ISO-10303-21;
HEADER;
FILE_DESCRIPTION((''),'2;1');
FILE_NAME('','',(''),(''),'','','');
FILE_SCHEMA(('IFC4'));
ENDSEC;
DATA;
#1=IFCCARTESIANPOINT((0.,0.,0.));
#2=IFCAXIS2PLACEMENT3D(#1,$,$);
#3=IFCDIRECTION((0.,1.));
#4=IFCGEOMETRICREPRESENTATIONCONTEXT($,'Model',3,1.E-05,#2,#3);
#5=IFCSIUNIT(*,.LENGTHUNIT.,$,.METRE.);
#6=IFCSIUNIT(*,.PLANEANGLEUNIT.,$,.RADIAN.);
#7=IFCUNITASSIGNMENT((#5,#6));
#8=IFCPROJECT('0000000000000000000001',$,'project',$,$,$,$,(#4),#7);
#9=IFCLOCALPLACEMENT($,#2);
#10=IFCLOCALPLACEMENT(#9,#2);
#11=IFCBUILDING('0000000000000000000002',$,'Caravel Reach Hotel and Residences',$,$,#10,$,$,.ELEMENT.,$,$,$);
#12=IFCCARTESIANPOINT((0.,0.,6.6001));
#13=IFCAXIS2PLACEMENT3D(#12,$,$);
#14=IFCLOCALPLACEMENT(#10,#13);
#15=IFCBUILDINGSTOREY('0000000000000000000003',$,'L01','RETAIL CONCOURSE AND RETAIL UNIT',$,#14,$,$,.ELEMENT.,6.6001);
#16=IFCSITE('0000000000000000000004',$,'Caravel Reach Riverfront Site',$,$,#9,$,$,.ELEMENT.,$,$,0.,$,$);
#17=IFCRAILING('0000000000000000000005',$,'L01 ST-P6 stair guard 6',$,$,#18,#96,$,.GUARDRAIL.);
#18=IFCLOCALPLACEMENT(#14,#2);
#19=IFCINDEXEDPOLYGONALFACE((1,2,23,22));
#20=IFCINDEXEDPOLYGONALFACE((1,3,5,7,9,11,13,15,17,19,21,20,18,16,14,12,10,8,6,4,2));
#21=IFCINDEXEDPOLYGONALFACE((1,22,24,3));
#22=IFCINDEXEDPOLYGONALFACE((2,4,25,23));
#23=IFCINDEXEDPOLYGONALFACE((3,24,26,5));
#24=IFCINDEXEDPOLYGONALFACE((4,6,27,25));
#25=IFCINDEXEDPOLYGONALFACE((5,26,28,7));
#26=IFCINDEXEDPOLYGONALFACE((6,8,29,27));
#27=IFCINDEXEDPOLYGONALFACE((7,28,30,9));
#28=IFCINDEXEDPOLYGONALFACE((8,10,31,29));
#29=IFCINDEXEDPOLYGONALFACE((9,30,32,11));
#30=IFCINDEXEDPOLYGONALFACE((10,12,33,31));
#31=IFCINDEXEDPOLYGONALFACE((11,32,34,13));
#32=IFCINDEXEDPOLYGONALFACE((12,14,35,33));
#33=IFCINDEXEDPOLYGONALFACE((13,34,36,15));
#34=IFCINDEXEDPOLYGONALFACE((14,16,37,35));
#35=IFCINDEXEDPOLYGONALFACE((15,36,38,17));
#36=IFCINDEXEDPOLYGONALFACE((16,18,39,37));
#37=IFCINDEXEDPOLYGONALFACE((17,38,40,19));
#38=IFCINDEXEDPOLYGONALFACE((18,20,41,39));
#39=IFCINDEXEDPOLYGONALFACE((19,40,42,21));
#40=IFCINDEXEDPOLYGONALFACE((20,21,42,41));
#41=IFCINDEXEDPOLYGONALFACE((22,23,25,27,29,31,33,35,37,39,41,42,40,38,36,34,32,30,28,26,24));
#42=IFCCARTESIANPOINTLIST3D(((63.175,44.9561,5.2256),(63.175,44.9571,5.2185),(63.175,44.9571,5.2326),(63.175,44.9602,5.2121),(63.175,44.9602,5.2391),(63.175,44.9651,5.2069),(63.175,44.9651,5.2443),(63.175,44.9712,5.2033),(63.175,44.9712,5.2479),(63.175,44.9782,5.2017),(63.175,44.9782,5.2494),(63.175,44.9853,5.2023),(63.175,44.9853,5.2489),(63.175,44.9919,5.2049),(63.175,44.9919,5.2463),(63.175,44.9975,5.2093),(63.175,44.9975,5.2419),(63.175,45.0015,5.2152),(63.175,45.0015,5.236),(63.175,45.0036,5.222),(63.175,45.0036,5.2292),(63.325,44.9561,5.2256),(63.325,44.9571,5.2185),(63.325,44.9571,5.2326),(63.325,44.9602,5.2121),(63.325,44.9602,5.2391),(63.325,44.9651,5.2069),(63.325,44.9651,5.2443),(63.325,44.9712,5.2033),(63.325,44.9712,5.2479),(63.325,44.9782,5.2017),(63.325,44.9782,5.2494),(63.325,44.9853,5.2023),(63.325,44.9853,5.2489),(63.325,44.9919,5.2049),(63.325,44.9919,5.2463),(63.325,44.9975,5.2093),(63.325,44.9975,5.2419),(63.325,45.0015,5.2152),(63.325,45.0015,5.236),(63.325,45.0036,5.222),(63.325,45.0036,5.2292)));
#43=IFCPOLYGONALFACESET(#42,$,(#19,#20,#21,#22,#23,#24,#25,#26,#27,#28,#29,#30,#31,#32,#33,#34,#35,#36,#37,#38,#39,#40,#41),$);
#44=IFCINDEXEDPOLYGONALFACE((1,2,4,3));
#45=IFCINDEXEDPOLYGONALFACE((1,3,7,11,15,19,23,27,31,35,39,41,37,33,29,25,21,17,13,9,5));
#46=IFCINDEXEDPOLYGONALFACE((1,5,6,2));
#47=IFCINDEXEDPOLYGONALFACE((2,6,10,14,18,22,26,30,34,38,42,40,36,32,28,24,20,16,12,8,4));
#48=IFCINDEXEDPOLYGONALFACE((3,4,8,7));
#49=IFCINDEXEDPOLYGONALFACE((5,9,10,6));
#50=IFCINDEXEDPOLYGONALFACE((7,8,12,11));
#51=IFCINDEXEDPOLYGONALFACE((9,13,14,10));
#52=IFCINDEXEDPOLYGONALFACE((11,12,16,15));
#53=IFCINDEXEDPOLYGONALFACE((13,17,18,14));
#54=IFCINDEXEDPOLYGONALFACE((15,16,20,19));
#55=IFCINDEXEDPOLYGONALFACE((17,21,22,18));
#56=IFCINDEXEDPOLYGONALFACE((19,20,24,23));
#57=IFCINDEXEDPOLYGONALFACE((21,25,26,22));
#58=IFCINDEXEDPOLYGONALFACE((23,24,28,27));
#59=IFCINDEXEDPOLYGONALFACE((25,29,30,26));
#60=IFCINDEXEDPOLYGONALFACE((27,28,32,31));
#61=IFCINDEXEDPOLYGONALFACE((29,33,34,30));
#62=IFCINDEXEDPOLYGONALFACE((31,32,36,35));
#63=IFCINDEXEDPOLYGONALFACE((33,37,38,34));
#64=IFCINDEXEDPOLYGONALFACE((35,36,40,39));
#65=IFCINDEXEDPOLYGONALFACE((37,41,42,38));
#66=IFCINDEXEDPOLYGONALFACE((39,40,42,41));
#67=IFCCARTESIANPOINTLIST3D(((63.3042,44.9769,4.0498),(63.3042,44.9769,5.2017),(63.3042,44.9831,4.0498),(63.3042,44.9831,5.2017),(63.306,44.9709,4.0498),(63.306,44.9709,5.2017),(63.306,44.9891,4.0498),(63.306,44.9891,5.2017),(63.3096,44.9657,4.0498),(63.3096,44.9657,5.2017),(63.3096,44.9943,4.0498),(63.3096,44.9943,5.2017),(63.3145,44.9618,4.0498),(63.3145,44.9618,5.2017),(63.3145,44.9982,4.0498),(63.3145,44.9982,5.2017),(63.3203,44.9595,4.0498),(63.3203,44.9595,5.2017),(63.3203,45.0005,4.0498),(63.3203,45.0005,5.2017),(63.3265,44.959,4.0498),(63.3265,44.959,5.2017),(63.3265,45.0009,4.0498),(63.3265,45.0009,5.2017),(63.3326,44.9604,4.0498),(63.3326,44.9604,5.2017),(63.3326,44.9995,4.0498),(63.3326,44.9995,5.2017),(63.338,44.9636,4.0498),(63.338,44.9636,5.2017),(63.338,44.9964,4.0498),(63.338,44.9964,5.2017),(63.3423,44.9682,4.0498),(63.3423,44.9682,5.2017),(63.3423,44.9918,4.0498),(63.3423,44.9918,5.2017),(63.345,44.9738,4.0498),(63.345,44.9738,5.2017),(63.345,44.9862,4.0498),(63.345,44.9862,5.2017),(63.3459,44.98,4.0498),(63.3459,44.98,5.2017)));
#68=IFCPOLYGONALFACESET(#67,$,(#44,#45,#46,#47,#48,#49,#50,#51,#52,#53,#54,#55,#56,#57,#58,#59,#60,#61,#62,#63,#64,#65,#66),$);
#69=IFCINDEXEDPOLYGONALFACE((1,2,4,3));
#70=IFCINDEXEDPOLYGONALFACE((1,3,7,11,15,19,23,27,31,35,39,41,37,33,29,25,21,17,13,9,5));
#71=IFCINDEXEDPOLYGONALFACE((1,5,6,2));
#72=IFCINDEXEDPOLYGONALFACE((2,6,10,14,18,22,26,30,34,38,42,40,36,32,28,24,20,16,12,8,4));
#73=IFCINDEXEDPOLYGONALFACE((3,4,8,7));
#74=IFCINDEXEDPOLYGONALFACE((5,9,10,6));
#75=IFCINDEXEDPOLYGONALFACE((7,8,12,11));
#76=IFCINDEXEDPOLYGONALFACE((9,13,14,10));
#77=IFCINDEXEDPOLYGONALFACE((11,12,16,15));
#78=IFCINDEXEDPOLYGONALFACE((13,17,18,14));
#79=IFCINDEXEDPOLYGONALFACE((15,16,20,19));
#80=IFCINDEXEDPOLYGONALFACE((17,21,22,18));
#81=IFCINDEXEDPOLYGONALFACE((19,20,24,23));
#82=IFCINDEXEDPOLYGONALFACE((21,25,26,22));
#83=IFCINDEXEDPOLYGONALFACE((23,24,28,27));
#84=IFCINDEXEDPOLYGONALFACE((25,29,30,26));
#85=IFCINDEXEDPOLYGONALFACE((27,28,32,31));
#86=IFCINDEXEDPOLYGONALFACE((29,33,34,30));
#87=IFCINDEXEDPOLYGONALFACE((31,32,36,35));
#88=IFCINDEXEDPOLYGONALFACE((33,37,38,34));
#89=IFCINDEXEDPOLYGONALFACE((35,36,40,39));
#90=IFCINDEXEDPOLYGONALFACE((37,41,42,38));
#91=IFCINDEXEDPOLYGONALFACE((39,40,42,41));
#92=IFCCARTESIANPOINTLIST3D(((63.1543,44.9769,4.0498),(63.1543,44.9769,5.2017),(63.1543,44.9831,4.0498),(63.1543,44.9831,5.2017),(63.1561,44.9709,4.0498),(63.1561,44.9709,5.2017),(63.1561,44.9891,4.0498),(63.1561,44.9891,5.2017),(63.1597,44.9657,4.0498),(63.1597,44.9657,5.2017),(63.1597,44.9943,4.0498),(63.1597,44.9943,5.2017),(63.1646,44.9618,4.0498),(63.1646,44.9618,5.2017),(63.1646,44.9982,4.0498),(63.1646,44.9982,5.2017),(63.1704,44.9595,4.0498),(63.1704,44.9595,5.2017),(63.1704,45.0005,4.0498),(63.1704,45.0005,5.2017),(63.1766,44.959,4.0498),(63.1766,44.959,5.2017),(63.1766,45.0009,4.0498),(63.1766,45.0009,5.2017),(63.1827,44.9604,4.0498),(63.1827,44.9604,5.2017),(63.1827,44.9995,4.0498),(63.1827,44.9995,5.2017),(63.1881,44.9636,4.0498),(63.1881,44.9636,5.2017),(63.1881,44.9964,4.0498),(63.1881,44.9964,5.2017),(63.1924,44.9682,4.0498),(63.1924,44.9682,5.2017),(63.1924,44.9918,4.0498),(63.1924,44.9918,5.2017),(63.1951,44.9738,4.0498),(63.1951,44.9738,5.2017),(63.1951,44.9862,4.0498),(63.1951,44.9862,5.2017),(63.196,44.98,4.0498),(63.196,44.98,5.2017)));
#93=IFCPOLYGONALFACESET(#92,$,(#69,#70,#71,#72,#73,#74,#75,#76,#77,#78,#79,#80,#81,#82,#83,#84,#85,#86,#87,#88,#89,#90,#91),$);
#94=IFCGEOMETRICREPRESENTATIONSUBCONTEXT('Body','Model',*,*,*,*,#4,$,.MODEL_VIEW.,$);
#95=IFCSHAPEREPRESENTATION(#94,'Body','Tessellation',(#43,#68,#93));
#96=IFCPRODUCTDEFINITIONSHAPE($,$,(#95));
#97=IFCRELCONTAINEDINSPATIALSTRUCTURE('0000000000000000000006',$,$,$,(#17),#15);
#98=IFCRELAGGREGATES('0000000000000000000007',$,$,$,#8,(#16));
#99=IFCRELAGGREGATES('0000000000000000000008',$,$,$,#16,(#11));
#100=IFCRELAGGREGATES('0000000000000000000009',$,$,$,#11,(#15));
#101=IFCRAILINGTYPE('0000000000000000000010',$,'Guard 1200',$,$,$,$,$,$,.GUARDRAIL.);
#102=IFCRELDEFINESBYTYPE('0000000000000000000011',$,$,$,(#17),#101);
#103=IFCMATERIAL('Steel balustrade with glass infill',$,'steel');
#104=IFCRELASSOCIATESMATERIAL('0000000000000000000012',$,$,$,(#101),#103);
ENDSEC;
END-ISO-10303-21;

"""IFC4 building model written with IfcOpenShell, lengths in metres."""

from ifc_helpers import new_model, si_unit, direction, frame, origin, origin_2d, place, context, subcontext, project, spatial, circle, extrude, material, type_object, element, save


model = new_model("IFC4")

# Units and contexts
model_context = context("Model", 3, precision=1e-05, world=origin(), true_north=direction((0.0, 1.0)))
body_context = subcontext(model_context, "Body", "Model", "MODEL_VIEW")
ifc_project = project(units=[si_unit("LENGTHUNIT", "METRE"), si_unit("PLANEANGLEUNIT", "RADIAN")], contexts=[model_context])

# Site, building, storey
site_placement = place(None, origin())
site = spatial("IfcSite", under=ifc_project, at=site_placement, Name="Caravel Reach Riverfront Site", CompositionType="ELEMENT", RefElevation=0.0)
building_placement = place(site_placement, origin())
building = spatial("IfcBuilding", under=site, at=building_placement, Name="Caravel Reach Hotel and Residences", CompositionType="ELEMENT")
storey_placement = place(building_placement, frame((0.0, 0.0, 6.6001)))
storey = spatial("IfcBuildingStorey", under=building, at=storey_placement, Name="L01", Description="RETAIL CONCOURSE AND RETAIL UNIT", CompositionType="ELEMENT", Elevation=6.6001)

# Railing
ifc_material_1 = material(Name="Steel balustrade with glass infill", Category="steel")
railing_type = type_object("IfcRailingType", Name="Guard 1200", PredefinedType="GUARDRAIL", material=ifc_material_1)
railing_1_placement = place(storey_placement, frame((63.325, 44.98, 4.0498)))
element("IfcRailing", 1, at=railing_1_placement, inside=storey, type_object=railing_type, Name="L01 ST-P6 stair guard 6", PredefinedType="GUARDRAIL", context=body_context, shape_type="SweptSolid", body=[
    extrude(circle(Radius=0.0239, at=origin_2d()), frame((0.0, 0.0, 1.1758), z_axis=(-1.0, 0.0, 0.0), x_axis=(0.0, -1.0, 0.0)), (0.0, 0.0, 1.0), 0.1499),
    extrude(circle(Radius=0.021, at=origin_2d()), origin(), (0.0, 0.0, 1.0), 1.1519),
    extrude(circle(Radius=0.021, at=origin_2d()), frame((-0.1499, 0.0, 0.0)), (0.0, 0.0, 1.0), 1.1519),
])

save(model, "model.ifc")
